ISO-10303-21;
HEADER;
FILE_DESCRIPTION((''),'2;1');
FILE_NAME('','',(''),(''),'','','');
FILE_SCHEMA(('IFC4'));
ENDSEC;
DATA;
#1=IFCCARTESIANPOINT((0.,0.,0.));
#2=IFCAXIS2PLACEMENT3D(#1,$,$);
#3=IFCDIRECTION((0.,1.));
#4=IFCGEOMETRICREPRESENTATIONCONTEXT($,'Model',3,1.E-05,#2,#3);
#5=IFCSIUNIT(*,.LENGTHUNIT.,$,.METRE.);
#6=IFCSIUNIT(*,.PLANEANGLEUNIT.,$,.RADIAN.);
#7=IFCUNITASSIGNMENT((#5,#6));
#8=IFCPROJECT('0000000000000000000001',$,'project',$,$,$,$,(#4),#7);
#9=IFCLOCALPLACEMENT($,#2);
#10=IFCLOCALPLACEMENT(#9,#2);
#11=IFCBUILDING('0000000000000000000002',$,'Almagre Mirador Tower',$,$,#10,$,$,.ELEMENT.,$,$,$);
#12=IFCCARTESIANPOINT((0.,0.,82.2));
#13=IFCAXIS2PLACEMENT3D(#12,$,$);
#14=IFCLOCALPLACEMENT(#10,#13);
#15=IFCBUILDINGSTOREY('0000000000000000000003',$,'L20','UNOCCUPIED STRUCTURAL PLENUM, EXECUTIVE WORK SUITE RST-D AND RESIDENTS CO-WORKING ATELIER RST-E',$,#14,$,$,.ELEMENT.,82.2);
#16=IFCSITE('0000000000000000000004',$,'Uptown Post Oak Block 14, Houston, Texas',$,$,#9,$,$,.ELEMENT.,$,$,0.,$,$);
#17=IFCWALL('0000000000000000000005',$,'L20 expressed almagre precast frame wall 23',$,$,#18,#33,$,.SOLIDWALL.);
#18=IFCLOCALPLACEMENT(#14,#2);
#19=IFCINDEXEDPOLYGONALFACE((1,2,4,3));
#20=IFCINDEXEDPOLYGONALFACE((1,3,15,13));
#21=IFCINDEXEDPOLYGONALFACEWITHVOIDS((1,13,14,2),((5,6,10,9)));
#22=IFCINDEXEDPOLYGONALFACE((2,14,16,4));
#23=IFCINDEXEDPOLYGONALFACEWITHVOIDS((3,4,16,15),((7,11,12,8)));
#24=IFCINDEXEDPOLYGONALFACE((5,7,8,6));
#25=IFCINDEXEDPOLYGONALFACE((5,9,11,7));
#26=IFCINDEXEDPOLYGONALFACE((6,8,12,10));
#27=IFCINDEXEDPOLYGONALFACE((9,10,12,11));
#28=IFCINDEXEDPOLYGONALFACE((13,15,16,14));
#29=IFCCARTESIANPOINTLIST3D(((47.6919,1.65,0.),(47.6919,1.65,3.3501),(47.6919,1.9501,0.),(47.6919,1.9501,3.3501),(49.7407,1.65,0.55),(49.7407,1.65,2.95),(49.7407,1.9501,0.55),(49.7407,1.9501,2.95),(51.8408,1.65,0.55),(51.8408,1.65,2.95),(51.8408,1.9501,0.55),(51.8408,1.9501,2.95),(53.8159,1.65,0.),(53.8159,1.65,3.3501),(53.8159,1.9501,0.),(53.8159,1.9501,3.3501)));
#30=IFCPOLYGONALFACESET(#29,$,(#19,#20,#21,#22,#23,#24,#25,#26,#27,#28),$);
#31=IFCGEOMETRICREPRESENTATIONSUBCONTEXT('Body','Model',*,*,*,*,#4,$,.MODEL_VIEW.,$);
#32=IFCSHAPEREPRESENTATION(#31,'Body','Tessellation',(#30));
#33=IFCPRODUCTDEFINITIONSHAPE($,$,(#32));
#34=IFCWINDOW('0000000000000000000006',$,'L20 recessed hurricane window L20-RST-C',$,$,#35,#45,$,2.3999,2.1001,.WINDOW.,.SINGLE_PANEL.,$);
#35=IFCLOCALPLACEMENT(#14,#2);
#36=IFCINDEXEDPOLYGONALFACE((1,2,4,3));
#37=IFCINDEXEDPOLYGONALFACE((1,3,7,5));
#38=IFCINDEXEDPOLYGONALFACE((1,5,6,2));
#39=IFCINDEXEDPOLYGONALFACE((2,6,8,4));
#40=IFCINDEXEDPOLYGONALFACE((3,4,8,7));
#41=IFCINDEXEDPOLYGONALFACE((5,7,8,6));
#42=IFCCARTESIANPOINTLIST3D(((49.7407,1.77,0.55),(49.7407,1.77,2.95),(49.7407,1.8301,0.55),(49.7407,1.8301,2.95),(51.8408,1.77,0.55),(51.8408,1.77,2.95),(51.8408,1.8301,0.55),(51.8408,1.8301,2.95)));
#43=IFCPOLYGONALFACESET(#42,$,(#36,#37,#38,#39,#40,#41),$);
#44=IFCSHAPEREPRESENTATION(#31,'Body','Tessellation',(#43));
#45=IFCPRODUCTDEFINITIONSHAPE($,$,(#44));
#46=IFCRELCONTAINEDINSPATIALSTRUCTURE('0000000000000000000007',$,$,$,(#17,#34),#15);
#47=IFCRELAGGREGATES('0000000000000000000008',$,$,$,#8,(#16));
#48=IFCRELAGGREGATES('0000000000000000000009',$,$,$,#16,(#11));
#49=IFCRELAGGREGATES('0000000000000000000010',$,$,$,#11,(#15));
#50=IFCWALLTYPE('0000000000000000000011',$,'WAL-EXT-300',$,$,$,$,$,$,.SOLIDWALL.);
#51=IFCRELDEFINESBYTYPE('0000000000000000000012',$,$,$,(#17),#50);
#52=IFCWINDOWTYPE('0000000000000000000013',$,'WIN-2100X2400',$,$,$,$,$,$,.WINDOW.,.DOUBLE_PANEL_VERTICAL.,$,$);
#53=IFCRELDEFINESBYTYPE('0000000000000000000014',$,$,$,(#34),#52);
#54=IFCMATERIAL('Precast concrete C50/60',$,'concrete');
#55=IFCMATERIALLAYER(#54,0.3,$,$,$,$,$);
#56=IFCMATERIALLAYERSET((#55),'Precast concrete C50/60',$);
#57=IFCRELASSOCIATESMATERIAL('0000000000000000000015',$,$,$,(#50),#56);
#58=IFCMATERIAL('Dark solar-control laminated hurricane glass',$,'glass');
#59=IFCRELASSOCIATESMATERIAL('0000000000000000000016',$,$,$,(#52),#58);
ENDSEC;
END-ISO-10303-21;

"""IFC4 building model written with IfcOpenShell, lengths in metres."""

from ifc_helpers import new_model, si_unit, direction, frame, frame_2d, origin, place, context, subcontext, project, spatial, rectangle, extrude, material, layer, layer_set, type_object, element, fill, save


model = new_model("IFC4")

# Units and contexts
model_context = context("Model", 3, precision=1e-05, world=origin(), true_north=direction((0.0, 1.0)))
body_context = subcontext(model_context, "Body", "Model", "MODEL_VIEW")
ifc_project = project(units=[si_unit("LENGTHUNIT", "METRE"), si_unit("PLANEANGLEUNIT", "RADIAN")], contexts=[model_context])

# Site, building, storey
site_placement = place(None, origin())
site = spatial("IfcSite", under=ifc_project, at=site_placement, Name="Uptown Post Oak Block 14, Houston, Texas", CompositionType="ELEMENT", RefElevation=0.0)
building_placement = place(site_placement, origin())
building = spatial("IfcBuilding", under=site, at=building_placement, Name="Almagre Mirador Tower", CompositionType="ELEMENT")
storey_placement = place(building_placement, frame((0.0, 0.0, 82.2)))
storey = spatial("IfcBuildingStorey", under=building, at=storey_placement, Name="L20", Description="UNOCCUPIED STRUCTURAL PLENUM, EXECUTIVE WORK SUITE RST-D AND RESIDENTS CO-WORKING ATELIER RST-E", CompositionType="ELEMENT", Elevation=82.2)

# Shared definitions
ifc_material_1 = material(Name="Precast concrete C50/60", Category="concrete")
ifc_layer = layer(ifc_material_1, 0.3)
ifc_layer_set = layer_set([ifc_layer], Name="Precast concrete C50/60")
wall_type = type_object("IfcWallType", Name="WAL-EXT-300", PredefinedType="SOLIDWALL", material=ifc_layer_set)
ifc_material_2 = material(Name="Dark solar-control laminated hurricane glass", Category="glass")
window_type_1 = type_object("IfcWindowType", Name="WIN-2100X2400", PartitioningType="DOUBLE_PANEL_VERTICAL", PredefinedType="WINDOW", material=ifc_material_2)

# Wall, opening, window
wall_1_placement = place(storey_placement, frame((53.8159, 1.8, 0.0), z_axis=(0.0, 0.0, 1.0), x_axis=(-1.0, 0.0, 0.0)))
wall_1 = element("IfcWall", 1, at=wall_1_placement, inside=storey, type_object=wall_type, Name="L20 expressed almagre precast frame wall 23", PredefinedType="SOLIDWALL", context=body_context, shape_type="SweptSolid", body=[
    extrude(rectangle(XDim=6.124, YDim=0.3, at=frame_2d((3.062, 0.0))), origin(), (0.0, 0.0, 1.0), 3.3501),
])
opening_1_placement = place(wall_1_placement, frame((1.9751, 0.0, 0.55)))
opening_1 = element("IfcOpeningElement", 2, at=opening_1_placement, cuts=wall_1, PredefinedType="OPENING", context=body_context, shape_type="SweptSolid", body=[
    extrude(rectangle(XDim=2.1001, YDim=2.3999, at=frame_2d((1.05, 1.2))), frame((0.0, 0.1599, 0.0), z_axis=(0.0, -1.0, 0.0), x_axis=(1.0, 0.0, 0.0)), (0.0, 0.0, 1.0), 0.32),
])
window_1_placement = place(opening_1_placement, origin())
window_1 = element("IfcWindow", 3, at=window_1_placement, inside=storey, type_object=window_type_1, Name="L20 recessed hurricane window L20-RST-C", OverallHeight=2.3999, OverallWidth=2.1001, PartitioningType="SINGLE_PANEL", PredefinedType="WINDOW", context=body_context, shape_type="SweptSolid", body=[
    extrude(rectangle(XDim=2.1001, YDim=2.3999, at=frame_2d((1.05, 1.2))), frame((0.0, 0.03, 0.0), z_axis=(0.0, -1.0, 0.0), x_axis=(1.0, 0.0, 0.0)), (0.0, 0.0, 1.0), 0.0601),
])
fill(opening_1, window_1)

save(model, "model.ifc")
